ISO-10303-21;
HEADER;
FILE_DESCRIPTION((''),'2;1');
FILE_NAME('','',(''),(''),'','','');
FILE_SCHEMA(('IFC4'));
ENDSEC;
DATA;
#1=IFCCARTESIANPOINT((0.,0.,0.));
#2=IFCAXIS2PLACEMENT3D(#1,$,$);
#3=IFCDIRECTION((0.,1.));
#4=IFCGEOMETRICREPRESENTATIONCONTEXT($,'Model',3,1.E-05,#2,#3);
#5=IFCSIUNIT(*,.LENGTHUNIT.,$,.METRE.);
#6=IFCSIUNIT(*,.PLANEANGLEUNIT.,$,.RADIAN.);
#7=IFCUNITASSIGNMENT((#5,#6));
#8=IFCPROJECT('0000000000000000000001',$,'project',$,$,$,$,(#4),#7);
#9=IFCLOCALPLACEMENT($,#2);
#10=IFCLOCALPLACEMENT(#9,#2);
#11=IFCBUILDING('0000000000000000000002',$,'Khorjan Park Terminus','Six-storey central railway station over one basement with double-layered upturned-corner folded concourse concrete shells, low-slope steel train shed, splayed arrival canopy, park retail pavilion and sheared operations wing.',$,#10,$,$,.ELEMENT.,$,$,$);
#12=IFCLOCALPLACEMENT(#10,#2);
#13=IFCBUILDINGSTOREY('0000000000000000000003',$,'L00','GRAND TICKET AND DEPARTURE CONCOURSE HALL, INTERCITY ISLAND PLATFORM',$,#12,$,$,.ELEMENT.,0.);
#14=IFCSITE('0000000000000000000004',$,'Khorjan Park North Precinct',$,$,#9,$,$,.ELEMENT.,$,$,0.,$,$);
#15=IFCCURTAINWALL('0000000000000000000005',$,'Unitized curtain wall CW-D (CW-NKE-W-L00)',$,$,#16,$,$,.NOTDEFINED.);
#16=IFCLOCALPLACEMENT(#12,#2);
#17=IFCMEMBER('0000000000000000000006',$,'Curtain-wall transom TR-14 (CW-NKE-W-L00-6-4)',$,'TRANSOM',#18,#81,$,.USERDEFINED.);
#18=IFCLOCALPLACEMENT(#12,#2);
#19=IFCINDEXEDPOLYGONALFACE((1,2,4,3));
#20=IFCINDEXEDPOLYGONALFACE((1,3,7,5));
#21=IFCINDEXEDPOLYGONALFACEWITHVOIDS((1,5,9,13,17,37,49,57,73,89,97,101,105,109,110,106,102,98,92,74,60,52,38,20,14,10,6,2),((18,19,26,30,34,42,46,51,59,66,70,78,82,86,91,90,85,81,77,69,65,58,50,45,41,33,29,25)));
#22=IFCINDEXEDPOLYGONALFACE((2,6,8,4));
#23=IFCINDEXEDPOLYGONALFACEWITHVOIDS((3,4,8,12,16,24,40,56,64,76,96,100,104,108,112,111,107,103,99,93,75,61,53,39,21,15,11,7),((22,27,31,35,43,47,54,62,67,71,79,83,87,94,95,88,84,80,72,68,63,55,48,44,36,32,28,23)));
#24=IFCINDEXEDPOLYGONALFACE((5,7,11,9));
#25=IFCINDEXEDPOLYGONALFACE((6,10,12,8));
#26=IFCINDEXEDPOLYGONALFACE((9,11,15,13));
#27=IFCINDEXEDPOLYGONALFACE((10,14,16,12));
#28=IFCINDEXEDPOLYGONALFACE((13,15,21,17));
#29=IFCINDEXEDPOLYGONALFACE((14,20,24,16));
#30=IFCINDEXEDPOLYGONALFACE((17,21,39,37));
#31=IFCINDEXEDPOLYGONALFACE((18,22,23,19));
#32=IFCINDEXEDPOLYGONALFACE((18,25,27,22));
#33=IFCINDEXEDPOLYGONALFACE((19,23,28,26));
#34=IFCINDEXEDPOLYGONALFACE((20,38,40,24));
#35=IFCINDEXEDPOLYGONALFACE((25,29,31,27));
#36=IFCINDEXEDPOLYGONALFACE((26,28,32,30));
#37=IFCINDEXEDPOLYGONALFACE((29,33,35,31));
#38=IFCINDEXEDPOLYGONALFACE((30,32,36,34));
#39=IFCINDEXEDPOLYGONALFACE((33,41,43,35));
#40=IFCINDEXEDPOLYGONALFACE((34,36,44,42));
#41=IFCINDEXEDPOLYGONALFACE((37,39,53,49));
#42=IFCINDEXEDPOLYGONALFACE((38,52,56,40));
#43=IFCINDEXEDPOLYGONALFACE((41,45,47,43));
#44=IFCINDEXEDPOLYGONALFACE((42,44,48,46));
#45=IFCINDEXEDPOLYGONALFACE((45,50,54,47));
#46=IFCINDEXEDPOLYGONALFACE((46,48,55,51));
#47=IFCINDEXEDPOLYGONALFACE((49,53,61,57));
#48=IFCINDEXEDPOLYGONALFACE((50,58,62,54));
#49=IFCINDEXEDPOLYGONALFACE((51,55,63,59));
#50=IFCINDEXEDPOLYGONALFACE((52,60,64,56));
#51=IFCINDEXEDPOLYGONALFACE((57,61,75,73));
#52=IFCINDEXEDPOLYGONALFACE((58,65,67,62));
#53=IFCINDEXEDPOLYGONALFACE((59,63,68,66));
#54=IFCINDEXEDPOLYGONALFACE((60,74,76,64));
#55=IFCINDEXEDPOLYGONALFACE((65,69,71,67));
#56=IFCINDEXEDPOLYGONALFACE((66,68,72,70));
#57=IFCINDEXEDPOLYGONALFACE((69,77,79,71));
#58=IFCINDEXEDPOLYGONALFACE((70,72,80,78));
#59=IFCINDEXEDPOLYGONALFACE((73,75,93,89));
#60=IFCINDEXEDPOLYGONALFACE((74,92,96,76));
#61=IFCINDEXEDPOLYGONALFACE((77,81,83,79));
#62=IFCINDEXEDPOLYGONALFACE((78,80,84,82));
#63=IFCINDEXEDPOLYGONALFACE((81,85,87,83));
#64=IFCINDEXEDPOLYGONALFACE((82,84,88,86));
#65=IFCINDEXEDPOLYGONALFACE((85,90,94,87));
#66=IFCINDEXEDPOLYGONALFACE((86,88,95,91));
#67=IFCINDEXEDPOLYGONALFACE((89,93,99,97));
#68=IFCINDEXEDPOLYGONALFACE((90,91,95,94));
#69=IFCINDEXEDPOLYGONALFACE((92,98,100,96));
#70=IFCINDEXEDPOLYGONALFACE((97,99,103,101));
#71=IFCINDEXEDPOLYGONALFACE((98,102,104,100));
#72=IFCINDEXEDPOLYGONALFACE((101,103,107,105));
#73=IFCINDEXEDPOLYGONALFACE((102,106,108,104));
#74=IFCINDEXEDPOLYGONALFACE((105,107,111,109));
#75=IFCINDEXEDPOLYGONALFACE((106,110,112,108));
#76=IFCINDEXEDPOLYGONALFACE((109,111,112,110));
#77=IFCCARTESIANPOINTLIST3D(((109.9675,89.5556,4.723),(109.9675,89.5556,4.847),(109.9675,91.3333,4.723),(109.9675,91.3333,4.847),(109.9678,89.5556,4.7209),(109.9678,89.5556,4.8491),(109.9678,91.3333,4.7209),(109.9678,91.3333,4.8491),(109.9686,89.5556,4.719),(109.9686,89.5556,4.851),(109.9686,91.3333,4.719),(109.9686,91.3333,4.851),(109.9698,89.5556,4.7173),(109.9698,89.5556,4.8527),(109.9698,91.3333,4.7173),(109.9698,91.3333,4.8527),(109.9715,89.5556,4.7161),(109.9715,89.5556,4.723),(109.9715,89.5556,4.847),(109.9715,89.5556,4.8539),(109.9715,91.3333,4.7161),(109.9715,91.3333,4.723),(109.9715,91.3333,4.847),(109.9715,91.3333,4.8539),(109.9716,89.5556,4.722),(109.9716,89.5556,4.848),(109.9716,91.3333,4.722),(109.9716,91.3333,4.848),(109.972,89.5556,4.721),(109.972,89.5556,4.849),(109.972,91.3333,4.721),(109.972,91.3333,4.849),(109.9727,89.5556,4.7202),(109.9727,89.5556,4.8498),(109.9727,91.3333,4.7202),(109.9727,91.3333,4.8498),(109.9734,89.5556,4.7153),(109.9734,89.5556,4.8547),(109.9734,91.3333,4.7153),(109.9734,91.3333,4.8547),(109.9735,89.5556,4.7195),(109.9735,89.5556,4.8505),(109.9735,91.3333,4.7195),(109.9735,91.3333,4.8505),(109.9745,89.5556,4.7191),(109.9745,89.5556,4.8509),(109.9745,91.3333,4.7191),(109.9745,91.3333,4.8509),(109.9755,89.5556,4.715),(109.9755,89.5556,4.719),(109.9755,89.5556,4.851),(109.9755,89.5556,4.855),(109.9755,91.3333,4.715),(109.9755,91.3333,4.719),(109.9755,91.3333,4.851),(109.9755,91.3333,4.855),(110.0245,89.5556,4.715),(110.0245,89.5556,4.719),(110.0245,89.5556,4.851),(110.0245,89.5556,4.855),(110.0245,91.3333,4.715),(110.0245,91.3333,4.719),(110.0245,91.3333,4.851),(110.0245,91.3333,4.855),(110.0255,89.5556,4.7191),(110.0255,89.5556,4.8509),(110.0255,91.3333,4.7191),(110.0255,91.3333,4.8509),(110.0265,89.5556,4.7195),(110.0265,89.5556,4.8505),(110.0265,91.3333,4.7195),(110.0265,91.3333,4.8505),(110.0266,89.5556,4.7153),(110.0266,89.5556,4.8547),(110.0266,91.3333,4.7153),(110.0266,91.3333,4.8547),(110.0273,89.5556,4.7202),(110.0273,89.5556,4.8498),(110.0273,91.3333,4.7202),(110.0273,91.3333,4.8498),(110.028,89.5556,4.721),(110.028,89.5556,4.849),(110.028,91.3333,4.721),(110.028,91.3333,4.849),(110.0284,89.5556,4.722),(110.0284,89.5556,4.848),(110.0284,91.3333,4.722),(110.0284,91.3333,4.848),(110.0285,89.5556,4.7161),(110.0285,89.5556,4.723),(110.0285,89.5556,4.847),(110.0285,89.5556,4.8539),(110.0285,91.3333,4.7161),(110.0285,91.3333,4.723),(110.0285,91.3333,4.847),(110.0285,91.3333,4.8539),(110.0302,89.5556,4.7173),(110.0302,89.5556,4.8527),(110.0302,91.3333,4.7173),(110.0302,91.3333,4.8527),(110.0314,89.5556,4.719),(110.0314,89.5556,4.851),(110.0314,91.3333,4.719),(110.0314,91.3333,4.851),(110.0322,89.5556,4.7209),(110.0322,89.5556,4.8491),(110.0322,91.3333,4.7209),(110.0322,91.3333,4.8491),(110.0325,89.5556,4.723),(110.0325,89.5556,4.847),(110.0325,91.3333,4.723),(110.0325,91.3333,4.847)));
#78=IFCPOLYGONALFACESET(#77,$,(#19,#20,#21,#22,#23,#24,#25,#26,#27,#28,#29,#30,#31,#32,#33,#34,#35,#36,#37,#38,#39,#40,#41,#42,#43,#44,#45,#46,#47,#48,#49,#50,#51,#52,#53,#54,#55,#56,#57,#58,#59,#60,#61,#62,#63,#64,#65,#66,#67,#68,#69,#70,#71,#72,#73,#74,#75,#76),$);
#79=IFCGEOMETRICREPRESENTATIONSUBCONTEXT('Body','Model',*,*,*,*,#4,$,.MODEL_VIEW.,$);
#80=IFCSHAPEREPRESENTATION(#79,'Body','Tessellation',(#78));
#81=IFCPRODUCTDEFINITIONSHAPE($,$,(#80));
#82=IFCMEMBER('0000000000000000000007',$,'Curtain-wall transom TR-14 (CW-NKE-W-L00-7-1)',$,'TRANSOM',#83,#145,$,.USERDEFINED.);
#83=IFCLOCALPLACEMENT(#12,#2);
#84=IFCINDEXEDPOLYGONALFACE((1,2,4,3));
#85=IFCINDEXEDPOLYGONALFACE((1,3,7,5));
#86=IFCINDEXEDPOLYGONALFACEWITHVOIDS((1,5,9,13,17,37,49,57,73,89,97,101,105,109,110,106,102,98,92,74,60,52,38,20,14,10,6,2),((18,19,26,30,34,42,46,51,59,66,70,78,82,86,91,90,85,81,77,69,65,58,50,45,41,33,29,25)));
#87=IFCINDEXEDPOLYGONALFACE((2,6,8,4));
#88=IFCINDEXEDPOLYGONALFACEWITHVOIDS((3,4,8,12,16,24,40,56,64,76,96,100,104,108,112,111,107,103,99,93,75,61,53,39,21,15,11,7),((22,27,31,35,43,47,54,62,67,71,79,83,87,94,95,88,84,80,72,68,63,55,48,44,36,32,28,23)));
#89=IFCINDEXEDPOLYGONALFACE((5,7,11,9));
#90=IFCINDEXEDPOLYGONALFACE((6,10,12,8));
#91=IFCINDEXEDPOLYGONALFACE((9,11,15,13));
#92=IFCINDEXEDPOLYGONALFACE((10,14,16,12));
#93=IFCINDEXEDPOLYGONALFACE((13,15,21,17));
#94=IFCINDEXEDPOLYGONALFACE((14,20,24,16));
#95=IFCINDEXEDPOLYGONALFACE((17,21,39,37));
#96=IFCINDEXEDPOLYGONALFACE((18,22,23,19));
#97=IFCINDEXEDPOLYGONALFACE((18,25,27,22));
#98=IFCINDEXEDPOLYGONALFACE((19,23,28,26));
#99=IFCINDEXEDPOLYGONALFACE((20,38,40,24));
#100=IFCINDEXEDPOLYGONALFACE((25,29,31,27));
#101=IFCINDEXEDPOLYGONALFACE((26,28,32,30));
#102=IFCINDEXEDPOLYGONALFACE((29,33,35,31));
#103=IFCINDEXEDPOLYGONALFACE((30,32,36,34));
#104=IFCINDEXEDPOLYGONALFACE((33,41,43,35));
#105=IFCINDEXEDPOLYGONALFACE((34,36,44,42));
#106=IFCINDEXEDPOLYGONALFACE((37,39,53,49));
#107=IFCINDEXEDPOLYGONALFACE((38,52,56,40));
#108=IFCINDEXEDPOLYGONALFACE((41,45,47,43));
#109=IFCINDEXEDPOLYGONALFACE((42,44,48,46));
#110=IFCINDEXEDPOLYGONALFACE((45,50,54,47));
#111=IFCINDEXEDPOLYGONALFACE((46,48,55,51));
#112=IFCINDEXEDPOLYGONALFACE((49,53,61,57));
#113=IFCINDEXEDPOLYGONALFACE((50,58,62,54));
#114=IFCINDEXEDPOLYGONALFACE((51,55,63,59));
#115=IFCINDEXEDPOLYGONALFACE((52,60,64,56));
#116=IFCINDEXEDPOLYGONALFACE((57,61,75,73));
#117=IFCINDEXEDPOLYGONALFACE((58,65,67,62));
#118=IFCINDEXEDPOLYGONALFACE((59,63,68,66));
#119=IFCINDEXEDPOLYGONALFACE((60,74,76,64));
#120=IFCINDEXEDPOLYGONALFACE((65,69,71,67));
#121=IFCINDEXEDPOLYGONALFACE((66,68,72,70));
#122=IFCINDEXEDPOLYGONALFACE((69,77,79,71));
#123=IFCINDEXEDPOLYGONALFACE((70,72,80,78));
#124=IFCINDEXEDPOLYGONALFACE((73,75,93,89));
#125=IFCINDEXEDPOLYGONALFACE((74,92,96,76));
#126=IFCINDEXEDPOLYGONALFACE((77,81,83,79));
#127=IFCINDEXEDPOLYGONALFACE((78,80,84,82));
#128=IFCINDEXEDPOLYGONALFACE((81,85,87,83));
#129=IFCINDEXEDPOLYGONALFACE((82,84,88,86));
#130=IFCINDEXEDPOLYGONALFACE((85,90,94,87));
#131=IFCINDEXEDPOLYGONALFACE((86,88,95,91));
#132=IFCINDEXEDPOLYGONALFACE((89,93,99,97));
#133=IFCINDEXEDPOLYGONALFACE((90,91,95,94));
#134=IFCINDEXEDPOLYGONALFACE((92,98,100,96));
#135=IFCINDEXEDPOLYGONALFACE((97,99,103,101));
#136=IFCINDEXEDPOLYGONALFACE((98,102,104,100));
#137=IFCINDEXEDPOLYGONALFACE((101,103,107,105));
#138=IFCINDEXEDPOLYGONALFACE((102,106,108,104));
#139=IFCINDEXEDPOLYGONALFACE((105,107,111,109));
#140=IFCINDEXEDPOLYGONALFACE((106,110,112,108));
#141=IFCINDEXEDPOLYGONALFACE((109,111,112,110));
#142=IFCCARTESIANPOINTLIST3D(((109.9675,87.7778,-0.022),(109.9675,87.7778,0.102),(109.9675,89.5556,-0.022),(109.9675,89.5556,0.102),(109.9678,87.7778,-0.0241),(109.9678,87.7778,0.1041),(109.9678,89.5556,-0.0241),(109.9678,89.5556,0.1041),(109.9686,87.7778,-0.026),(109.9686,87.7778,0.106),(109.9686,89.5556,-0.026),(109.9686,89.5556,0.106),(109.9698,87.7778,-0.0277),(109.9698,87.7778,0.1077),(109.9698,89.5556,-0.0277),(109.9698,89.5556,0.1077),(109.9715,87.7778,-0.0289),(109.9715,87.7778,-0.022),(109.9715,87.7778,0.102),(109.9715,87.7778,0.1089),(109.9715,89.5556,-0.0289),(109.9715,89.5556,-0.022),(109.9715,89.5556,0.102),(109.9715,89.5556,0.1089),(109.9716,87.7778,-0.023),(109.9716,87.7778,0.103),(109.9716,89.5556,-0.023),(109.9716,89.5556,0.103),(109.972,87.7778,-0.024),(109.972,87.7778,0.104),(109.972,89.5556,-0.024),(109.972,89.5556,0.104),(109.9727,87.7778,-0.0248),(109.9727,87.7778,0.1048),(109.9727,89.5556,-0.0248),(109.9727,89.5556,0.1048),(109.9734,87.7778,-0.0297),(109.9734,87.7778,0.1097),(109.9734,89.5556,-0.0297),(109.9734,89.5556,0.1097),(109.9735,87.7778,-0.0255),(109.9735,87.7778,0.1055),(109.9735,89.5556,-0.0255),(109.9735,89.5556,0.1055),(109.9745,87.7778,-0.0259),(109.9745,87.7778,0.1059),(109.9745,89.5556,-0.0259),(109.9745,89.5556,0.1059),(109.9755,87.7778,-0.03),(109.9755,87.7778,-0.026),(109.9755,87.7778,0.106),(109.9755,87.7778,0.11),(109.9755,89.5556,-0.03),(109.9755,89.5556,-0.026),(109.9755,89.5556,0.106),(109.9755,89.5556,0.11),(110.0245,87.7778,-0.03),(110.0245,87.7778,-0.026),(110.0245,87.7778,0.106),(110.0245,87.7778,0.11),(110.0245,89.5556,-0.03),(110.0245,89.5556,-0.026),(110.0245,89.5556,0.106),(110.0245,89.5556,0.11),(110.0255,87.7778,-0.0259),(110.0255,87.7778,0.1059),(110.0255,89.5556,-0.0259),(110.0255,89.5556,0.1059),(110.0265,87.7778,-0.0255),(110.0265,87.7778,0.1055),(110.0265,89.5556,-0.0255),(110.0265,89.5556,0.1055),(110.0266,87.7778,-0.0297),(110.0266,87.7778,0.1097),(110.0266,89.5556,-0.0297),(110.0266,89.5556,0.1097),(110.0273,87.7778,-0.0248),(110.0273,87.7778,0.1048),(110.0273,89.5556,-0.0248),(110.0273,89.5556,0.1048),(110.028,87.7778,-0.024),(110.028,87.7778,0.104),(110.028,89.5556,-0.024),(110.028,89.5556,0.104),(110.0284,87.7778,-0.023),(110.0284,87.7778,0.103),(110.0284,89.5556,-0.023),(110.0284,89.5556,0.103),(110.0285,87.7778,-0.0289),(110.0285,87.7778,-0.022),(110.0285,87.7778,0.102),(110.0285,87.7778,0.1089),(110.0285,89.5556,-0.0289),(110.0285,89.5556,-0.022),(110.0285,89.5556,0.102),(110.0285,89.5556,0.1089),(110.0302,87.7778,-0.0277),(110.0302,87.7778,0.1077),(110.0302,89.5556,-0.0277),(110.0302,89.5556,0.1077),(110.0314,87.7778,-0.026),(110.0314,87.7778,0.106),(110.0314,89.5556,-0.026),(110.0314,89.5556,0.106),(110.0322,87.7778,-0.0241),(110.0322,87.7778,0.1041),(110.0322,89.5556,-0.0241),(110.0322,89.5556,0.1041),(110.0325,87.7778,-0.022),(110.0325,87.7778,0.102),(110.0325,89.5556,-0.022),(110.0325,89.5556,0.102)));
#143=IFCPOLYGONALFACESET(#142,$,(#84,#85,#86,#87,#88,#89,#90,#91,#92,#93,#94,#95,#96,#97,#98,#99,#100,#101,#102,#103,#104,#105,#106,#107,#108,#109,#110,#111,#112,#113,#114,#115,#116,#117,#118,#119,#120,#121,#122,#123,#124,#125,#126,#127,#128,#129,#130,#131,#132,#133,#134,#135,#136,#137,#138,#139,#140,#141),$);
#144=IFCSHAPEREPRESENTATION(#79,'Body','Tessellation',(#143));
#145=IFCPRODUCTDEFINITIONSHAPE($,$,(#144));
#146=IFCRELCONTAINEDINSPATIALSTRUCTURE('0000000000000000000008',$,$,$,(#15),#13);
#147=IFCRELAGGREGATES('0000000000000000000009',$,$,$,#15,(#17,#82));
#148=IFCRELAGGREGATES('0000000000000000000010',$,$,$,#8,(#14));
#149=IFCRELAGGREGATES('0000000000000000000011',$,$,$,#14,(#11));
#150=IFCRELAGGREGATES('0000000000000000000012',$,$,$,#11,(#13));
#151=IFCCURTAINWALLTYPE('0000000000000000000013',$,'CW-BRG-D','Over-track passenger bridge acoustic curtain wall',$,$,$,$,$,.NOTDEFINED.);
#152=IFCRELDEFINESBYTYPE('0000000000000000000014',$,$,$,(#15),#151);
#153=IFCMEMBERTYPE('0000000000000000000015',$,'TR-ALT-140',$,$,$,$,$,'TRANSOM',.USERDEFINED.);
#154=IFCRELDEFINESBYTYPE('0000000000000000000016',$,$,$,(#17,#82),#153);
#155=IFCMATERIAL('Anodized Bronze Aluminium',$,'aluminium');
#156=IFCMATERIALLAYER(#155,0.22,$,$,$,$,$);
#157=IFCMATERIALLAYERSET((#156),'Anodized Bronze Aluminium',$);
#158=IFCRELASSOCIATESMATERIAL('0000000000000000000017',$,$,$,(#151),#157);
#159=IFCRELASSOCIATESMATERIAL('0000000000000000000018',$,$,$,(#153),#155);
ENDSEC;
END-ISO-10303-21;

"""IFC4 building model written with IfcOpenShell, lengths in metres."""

from ifc_helpers import new_model, si_unit, direction, frame, origin, origin_2d, place, context, subcontext, project, spatial, hollow_rectangle, extrude, material, layer, layer_set, material_profile, profile_set, type_object, element, aggregate, save


model = new_model("IFC4")

# Units and contexts
model_context = context("Model", 3, precision=1e-05, world=origin(), true_north=direction((0.0, 1.0)))
body_context = subcontext(model_context, "Body", "Model", "MODEL_VIEW")
ifc_project = project(units=[si_unit("LENGTHUNIT", "METRE"), si_unit("PLANEANGLEUNIT", "RADIAN")], contexts=[model_context])

# Site, building, storey
site_placement = place(None, origin())
site = spatial("IfcSite", under=ifc_project, at=site_placement, Name="Khorjan Park North Precinct", CompositionType="ELEMENT", RefElevation=0.0)
building_placement = place(site_placement, origin())
building = spatial("IfcBuilding", under=site, at=building_placement, Name="Khorjan Park Terminus", Description="Six-storey central railway station over one basement with double-layered upturned-corner folded concourse concrete shells, low-slope steel train shed, splayed arrival canopy, park retail pavilion and sheared operations wing.", CompositionType="ELEMENT")
storey_placement = place(building_placement, origin())
storey = spatial("IfcBuildingStorey", under=building, at=storey_placement, Name="L00", Description="GRAND TICKET AND DEPARTURE CONCOURSE HALL, INTERCITY ISLAND PLATFORM", CompositionType="ELEMENT", Elevation=0.0)

# Curtain wall, members
ifc_material_1 = material(Name="Anodized Bronze Aluminium", Category="aluminium")
ifc_layer_1 = layer(ifc_material_1, 0.22)
ifc_layer_set_1 = layer_set([ifc_layer_1], Name="Anodized Bronze Aluminium")
curtain_wall_type = type_object("IfcCurtainWallType", Name="CW-BRG-D", Description="Over-track passenger bridge acoustic curtain wall", PredefinedType="NOTDEFINED", material=ifc_layer_set_1)
curtain_wall_placement = place(storey_placement, origin())
curtain_wall = element("IfcCurtainWall", 1, at=curtain_wall_placement, inside=storey, type_object=curtain_wall_type, Name="Unitized curtain wall CW-D (CW-NKE-W-L00)", PredefinedType="NOTDEFINED")
ifc_material_profile_1 = material_profile(ifc_material_1, hollow_rectangle(XDim=0.065, YDim=0.14, WallThickness=0.004, InnerFilletRadius=0.004, OuterFilletRadius=0.008, at=origin_2d()), Name="ALT 65x140x4")
ifc_profile_set_1 = profile_set([ifc_material_profile_1], Name="Anodized Bronze Aluminium")
member_type_1 = type_object("IfcMemberType", Name="TR-ALT-140", ElementType="TRANSOM", PredefinedType="USERDEFINED", material=ifc_profile_set_1)
member_1_placement = place(storey_placement, frame((110.0, 91.3333, 4.785), z_axis=(0.0, -1.0, 0.0), x_axis=(1.0, 0.0, 0.0)))
member_1 = element("IfcMember", 2, at=member_1_placement, type_object=member_type_1, Name="Curtain-wall transom TR-14 (CW-NKE-W-L00-6-4)", ObjectType="TRANSOM", PredefinedType="USERDEFINED", context=body_context, shape_type="SweptSolid", body=[
    extrude(hollow_rectangle(XDim=0.065, YDim=0.14, WallThickness=0.004, InnerFilletRadius=0.004, OuterFilletRadius=0.008, at=origin_2d()), origin(), (0.0, 0.0, 1.0), 1.7777),
])
member_2_placement = place(storey_placement, frame((110.0, 89.5556, 0.04), z_axis=(0.0, -1.0, 0.0), x_axis=(1.0, 0.0, 0.0)))
member_2 = element("IfcMember", 3, at=member_2_placement, type_object=member_type_1, Name="Curtain-wall transom TR-14 (CW-NKE-W-L00-7-1)", ObjectType="TRANSOM", PredefinedType="USERDEFINED", context=body_context, shape_type="SweptSolid", body=[
    extrude(hollow_rectangle(XDim=0.065, YDim=0.14, WallThickness=0.004, InnerFilletRadius=0.004, OuterFilletRadius=0.008, at=origin_2d()), origin(), (0.0, 0.0, 1.0), 1.7778),
])
aggregate(curtain_wall, [member_1, member_2])

save(model, "model.ifc")
